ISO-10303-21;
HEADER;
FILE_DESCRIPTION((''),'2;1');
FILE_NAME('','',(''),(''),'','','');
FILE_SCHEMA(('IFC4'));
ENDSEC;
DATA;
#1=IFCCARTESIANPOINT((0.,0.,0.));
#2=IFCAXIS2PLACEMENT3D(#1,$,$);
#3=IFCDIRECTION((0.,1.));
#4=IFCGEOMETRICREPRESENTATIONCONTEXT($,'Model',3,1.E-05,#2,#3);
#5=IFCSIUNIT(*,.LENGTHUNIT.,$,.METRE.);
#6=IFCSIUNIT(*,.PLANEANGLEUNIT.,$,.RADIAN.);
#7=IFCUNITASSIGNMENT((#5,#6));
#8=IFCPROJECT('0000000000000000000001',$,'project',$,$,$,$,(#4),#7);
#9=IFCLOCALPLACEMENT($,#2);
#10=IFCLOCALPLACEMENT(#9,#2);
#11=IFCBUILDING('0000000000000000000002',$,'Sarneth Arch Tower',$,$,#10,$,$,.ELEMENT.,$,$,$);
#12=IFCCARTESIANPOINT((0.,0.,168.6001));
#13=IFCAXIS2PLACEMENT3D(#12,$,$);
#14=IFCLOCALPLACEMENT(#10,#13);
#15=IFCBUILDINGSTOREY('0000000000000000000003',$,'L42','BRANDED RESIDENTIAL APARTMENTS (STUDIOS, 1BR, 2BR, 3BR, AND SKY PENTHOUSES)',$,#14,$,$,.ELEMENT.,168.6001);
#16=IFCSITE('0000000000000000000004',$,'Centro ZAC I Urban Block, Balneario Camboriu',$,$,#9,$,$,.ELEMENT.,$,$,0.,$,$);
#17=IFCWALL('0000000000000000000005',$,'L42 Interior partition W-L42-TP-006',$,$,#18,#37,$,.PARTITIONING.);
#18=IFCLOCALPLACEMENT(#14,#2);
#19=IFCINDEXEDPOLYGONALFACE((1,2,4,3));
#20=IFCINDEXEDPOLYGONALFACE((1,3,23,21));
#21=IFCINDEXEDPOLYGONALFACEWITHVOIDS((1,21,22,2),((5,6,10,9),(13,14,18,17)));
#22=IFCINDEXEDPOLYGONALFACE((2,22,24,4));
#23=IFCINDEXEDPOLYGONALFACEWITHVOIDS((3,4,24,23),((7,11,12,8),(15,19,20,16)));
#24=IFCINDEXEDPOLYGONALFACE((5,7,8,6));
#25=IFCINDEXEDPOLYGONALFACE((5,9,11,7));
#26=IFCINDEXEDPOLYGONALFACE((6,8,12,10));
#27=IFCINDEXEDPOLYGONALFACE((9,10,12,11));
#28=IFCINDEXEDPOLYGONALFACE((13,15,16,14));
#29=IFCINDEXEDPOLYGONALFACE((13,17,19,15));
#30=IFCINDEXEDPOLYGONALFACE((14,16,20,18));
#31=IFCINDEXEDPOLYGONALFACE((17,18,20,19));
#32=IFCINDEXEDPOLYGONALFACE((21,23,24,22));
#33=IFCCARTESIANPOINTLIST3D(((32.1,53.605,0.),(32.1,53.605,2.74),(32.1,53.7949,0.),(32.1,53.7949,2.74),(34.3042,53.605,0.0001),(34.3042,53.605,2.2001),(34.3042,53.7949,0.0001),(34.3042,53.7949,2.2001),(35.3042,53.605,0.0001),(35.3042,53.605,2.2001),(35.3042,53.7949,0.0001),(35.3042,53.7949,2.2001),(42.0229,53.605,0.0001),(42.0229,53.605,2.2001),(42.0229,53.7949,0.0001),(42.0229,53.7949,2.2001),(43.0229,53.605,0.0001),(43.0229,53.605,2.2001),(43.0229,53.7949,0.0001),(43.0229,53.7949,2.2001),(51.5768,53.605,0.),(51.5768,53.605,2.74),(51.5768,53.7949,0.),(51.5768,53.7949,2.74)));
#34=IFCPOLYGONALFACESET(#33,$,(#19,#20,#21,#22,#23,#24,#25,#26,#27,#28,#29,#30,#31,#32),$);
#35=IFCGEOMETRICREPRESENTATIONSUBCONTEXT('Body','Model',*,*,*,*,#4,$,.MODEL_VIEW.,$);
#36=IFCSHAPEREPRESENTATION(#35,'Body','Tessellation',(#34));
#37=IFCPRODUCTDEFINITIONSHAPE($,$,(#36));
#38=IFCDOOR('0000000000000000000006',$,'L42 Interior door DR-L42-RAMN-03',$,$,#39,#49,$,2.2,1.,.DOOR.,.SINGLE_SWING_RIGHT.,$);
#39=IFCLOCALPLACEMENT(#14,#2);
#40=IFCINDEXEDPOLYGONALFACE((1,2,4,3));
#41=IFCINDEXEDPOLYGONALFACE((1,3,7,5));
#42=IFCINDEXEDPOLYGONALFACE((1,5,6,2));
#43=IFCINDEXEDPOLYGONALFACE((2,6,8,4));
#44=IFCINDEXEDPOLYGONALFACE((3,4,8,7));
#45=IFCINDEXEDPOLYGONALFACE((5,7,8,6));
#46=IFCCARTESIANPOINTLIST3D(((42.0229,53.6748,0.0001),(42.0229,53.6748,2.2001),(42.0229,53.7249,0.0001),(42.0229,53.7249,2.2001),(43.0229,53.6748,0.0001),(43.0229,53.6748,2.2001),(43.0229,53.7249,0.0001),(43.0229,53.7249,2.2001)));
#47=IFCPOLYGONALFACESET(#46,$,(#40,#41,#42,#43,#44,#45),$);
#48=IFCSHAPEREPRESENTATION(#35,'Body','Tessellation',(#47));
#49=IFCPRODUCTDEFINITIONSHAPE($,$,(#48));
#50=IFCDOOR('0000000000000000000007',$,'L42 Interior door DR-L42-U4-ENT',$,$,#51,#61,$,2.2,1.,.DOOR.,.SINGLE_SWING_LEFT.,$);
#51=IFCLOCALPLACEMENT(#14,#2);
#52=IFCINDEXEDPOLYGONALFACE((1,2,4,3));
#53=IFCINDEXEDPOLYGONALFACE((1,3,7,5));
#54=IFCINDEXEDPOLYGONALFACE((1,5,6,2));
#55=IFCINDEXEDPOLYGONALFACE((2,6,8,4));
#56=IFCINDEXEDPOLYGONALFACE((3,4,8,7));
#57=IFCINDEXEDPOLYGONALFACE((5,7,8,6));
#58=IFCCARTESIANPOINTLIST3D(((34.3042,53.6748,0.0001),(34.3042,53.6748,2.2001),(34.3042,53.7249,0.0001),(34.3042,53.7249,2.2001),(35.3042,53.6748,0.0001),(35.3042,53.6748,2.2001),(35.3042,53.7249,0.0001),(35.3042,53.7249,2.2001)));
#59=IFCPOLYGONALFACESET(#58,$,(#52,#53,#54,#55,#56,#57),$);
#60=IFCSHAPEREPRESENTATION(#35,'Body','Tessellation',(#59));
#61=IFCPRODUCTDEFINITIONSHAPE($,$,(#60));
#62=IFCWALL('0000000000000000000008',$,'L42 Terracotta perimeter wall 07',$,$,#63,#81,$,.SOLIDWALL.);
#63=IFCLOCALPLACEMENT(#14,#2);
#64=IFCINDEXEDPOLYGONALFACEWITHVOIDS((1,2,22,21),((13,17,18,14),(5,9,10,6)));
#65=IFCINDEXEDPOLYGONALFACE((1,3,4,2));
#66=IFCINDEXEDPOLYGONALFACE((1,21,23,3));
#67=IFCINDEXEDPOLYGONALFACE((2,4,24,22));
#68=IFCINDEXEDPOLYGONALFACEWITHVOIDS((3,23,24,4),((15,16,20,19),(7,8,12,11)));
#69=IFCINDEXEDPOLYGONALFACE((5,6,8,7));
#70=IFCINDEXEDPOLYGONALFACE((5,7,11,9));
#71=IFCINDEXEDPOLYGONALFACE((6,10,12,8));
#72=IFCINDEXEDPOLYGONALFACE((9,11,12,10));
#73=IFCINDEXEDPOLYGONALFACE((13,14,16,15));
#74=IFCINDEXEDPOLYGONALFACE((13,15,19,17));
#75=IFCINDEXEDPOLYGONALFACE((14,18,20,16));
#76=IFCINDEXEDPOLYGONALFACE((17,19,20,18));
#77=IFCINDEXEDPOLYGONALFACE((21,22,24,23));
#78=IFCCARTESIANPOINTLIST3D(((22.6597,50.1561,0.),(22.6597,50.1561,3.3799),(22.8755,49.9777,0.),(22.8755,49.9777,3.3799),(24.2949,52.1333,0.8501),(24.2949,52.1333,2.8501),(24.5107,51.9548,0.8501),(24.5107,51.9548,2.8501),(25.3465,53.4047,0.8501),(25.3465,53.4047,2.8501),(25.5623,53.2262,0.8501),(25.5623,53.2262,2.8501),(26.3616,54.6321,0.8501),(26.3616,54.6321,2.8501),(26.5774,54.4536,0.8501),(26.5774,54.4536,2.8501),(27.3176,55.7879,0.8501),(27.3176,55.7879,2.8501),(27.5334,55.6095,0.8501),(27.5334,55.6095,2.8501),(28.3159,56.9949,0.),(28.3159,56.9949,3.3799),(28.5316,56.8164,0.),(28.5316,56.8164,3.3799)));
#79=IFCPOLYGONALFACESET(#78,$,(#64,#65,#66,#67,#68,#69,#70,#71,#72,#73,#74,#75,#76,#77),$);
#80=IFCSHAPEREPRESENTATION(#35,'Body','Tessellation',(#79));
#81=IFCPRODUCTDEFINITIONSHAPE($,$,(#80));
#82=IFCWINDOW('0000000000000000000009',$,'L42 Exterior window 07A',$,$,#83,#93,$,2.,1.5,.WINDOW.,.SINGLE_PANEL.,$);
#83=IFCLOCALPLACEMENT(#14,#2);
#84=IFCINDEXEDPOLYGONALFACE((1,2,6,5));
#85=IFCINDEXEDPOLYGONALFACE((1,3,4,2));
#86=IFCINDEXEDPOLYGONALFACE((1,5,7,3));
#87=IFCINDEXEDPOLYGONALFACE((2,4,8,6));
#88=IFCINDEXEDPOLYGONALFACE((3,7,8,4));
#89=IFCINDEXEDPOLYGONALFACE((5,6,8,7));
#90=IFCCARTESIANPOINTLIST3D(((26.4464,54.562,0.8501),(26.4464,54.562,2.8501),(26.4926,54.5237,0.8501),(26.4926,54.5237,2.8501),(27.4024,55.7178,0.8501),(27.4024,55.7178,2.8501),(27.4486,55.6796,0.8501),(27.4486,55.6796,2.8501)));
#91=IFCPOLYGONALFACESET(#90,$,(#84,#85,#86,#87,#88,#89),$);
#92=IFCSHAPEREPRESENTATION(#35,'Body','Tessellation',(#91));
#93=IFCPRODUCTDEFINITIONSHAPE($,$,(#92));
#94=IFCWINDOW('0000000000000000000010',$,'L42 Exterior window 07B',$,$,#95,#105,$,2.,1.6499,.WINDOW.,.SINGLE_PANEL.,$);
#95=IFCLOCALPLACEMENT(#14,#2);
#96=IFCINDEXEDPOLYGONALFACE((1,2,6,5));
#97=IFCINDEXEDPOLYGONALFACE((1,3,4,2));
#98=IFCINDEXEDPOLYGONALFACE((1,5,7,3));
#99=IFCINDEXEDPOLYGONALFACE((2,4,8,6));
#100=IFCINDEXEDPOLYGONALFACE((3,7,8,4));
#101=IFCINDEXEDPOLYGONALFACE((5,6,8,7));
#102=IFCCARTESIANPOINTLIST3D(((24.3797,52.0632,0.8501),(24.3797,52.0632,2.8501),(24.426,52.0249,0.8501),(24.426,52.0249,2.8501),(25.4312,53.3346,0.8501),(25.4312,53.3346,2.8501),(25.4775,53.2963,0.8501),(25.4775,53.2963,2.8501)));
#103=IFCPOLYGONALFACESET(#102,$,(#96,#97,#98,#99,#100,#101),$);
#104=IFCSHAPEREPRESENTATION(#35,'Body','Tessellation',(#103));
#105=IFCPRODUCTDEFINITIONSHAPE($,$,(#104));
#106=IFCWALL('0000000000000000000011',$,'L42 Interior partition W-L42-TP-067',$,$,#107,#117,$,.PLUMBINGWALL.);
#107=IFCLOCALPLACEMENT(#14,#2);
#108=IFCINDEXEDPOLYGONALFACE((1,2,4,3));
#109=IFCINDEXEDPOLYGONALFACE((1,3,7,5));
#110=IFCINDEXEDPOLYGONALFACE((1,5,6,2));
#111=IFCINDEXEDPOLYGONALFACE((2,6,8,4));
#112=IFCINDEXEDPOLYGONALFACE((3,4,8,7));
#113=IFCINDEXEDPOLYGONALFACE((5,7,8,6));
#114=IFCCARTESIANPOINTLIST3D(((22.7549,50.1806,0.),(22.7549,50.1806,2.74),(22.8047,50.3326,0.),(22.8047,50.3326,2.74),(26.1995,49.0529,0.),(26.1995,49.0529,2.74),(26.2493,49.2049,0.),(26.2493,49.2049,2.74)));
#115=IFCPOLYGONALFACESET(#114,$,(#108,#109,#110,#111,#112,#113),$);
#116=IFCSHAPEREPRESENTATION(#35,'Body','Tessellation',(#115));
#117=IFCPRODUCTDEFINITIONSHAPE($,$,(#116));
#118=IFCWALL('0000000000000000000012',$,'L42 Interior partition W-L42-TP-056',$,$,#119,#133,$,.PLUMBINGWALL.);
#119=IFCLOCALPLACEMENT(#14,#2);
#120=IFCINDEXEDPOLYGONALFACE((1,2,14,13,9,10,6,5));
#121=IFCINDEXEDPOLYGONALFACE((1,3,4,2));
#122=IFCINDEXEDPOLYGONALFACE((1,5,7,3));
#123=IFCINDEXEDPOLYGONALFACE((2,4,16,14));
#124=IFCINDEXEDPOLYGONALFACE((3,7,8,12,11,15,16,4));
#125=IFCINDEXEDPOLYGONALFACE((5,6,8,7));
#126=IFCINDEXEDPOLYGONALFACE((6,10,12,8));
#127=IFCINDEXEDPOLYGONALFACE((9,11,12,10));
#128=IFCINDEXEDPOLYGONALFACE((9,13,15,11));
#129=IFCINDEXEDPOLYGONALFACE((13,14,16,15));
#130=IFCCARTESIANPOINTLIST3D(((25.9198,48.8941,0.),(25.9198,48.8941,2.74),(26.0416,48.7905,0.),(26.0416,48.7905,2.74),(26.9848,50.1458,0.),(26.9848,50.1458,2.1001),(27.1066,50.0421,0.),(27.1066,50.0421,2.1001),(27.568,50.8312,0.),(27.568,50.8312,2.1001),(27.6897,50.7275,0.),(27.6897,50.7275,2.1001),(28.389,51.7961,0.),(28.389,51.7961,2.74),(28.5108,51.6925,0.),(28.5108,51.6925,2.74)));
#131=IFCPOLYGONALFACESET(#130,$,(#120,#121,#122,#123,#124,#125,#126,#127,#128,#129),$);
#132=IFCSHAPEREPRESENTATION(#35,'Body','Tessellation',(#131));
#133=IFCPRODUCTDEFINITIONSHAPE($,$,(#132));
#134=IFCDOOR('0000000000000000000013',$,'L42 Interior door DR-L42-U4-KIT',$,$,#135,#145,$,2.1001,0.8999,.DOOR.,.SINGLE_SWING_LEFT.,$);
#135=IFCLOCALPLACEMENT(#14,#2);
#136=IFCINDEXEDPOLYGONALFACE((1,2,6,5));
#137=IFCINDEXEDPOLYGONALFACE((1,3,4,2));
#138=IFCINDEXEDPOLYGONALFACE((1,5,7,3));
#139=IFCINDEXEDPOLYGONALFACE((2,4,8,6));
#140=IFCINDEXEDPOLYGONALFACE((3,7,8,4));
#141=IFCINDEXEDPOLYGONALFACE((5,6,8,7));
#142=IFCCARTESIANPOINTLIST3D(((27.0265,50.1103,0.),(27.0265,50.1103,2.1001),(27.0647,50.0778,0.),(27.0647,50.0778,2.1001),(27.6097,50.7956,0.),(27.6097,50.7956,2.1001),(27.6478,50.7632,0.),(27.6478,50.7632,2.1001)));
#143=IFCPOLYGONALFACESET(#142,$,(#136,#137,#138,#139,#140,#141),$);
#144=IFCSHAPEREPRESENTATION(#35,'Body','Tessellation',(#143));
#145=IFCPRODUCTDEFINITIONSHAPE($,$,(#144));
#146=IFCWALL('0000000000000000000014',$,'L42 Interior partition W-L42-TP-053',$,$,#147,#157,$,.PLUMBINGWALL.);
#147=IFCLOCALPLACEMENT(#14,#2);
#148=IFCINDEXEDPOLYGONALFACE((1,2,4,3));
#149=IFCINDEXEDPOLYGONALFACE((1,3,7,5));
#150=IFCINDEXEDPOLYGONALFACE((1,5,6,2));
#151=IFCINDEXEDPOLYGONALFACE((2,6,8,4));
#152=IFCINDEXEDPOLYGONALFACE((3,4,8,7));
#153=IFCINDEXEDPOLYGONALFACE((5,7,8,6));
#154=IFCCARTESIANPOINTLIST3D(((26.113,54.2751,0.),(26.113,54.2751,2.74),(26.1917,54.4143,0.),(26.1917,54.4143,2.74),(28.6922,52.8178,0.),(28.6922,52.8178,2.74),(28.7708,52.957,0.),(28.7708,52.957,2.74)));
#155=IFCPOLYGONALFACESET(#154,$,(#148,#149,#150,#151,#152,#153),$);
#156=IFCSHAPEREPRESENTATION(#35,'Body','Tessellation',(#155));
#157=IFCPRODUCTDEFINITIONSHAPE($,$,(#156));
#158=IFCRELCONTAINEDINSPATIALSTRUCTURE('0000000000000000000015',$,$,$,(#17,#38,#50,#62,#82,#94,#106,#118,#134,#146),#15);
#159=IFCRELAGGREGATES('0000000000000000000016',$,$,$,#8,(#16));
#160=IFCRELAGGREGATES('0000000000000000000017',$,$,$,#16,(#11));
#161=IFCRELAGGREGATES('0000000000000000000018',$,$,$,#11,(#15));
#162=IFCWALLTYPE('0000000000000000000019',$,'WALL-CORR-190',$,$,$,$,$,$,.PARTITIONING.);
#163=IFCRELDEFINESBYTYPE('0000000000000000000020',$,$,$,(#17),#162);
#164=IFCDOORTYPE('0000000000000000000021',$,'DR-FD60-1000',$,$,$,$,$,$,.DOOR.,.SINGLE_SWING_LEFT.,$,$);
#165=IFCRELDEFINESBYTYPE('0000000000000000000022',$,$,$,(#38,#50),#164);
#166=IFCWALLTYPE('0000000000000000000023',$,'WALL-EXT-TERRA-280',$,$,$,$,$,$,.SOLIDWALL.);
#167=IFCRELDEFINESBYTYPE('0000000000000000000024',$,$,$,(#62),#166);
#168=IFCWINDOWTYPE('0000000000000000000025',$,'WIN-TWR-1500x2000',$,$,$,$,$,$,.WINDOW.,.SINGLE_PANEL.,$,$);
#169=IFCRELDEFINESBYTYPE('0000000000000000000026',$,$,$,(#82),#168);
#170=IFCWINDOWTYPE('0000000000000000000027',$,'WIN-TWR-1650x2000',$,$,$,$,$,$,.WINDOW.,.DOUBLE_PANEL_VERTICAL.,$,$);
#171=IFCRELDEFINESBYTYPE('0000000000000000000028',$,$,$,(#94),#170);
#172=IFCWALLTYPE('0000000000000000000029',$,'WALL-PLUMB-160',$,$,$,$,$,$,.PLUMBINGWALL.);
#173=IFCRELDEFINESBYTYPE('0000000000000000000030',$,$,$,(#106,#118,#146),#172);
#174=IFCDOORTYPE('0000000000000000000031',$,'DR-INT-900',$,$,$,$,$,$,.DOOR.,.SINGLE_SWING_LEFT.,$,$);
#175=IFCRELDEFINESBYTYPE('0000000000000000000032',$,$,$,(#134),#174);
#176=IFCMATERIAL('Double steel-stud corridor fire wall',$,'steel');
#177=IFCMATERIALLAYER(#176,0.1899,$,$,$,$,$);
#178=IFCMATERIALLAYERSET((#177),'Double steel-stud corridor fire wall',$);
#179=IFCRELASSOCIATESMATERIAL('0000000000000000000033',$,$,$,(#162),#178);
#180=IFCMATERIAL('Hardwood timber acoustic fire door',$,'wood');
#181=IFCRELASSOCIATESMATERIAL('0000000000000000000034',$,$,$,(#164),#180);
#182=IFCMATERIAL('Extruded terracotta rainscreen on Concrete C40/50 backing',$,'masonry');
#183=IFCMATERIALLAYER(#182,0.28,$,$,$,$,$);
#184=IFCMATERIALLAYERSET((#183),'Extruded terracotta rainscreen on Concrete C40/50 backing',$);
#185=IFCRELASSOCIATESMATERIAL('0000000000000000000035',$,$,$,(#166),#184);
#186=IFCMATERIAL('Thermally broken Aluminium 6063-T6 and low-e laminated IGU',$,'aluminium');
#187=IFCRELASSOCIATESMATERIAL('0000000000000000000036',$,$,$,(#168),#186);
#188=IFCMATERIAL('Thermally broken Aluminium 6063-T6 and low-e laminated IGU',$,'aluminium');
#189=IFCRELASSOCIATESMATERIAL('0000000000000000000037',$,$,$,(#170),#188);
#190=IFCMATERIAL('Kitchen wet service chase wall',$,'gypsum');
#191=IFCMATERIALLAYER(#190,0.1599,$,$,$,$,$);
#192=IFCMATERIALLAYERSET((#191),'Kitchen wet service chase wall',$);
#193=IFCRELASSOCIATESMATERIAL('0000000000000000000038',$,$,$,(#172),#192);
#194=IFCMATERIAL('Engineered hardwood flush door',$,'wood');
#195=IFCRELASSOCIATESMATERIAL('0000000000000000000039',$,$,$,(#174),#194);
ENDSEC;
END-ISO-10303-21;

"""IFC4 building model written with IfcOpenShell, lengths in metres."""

from ifc_helpers import new_model, si_unit, direction, frame, frame_2d, origin, place, context, subcontext, project, spatial, rectangle, extrude, material, layer, layer_set, type_object, element, fill, save


model = new_model("IFC4")

# Units and contexts
model_context = context("Model", 3, precision=1e-05, world=origin(), true_north=direction((0.0, 1.0)))
body_context = subcontext(model_context, "Body", "Model", "MODEL_VIEW")
ifc_project = project(units=[si_unit("LENGTHUNIT", "METRE"), si_unit("PLANEANGLEUNIT", "RADIAN")], contexts=[model_context])

# Site, building, storey
site_placement = place(None, origin())
site = spatial("IfcSite", under=ifc_project, at=site_placement, Name="Centro ZAC I Urban Block, Balneario Camboriu", CompositionType="ELEMENT", RefElevation=0.0)
building_placement = place(site_placement, origin())
building = spatial("IfcBuilding", under=site, at=building_placement, Name="Sarneth Arch Tower", CompositionType="ELEMENT")
storey_placement = place(building_placement, frame((0.0, 0.0, 168.6001)))
storey = spatial("IfcBuildingStorey", under=building, at=storey_placement, Name="L42", Description="BRANDED RESIDENTIAL APARTMENTS (STUDIOS, 1BR, 2BR, 3BR, AND SKY PENTHOUSES)", CompositionType="ELEMENT", Elevation=168.6001)

# Wall, openings, doors
ifc_material_1 = material(Name="Double steel-stud corridor fire wall", Category="steel")
ifc_layer_1 = layer(ifc_material_1, 0.1899)
ifc_layer_set_1 = layer_set([ifc_layer_1], Name="Double steel-stud corridor fire wall")
wall_type_1 = type_object("IfcWallType", Name="WALL-CORR-190", PredefinedType="PARTITIONING", material=ifc_layer_set_1)
wall_1_placement = place(storey_placement, frame((32.1001, 53.7, 0.0), z_axis=(0.0, 0.0, 1.0), x_axis=(1.0, 0.0, 0.0)))
wall_1 = element("IfcWall", 1, at=wall_1_placement, inside=storey, type_object=wall_type_1, Name="L42 Interior partition W-L42-TP-006", PredefinedType="PARTITIONING", context=body_context, shape_type="SweptSolid", body=[
    extrude(rectangle(XDim=19.4768, YDim=0.1899, at=frame_2d((9.7383, 0.0))), origin(), (0.0, 0.0, 1.0), 2.74),
])
opening_1_placement = place(wall_1_placement, frame((9.9229, 0.0, 0.0)))
opening_1 = element("IfcOpeningElement", 2, at=opening_1_placement, cuts=wall_1, PredefinedType="OPENING", context=body_context, shape_type="SweptSolid", body=[
    extrude(rectangle(XDim=1.0, YDim=2.2, at=frame_2d((0.5, 1.1001))), frame((0.0, 0.105, 0.0), z_axis=(0.0, -1.0, 0.0), x_axis=(1.0, 0.0, 0.0)), (0.0, 0.0, 1.0), 0.21),
])
opening_2_placement = place(wall_1_placement, frame((2.2041, 0.0, 0.0)))
opening_2 = element("IfcOpeningElement", 3, at=opening_2_placement, cuts=wall_1, PredefinedType="OPENING", context=body_context, shape_type="SweptSolid", body=[
    extrude(rectangle(XDim=1.0, YDim=2.2, at=frame_2d((0.5, 1.1001))), frame((0.0, 0.105, 0.0), z_axis=(0.0, -1.0, 0.0), x_axis=(1.0, 0.0, 0.0)), (0.0, 0.0, 1.0), 0.21),
])
ifc_material_2 = material(Name="Hardwood timber acoustic fire door", Category="wood")
door_type_1 = type_object("IfcDoorType", Name="DR-FD60-1000", OperationType="SINGLE_SWING_LEFT", PredefinedType="DOOR", material=ifc_material_2)
door_1_placement = place(opening_1_placement, origin())
door_1 = element("IfcDoor", 4, at=door_1_placement, inside=storey, type_object=door_type_1, Name="L42 Interior door DR-L42-RAMN-03", OperationType="SINGLE_SWING_RIGHT", OverallHeight=2.2, OverallWidth=1.0, PredefinedType="DOOR", context=body_context, shape_type="SweptSolid", body=[
    extrude(rectangle(XDim=1.0, YDim=2.2, at=frame_2d((0.5, 1.1001))), frame((0.0, 0.0249, 0.0), z_axis=(0.0, -1.0, 0.0), x_axis=(1.0, 0.0, 0.0)), (0.0, 0.0, 1.0), 0.05),
])
fill(opening_1, door_1)
door_2_placement = place(opening_2_placement, origin())
door_2 = element("IfcDoor", 5, at=door_2_placement, inside=storey, type_object=door_type_1, Name="L42 Interior door DR-L42-U4-ENT", OperationType="SINGLE_SWING_LEFT", OverallHeight=2.2, OverallWidth=1.0, PredefinedType="DOOR", context=body_context, shape_type="SweptSolid", body=[
    extrude(rectangle(XDim=1.0, YDim=2.2, at=frame_2d((0.5, 1.1001))), frame((0.0, 0.0249, 0.0), z_axis=(0.0, -1.0, 0.0), x_axis=(1.0, 0.0, 0.0)), (0.0, 0.0, 1.0), 0.05),
])
fill(opening_2, door_2)

# Wall, openings, windows
ifc_material_3 = material(Name="Extruded terracotta rainscreen on Concrete C40/50 backing", Category="masonry")
ifc_layer_2 = layer(ifc_material_3, 0.28)
ifc_layer_set_2 = layer_set([ifc_layer_2], Name="Extruded terracotta rainscreen on Concrete C40/50 backing")
wall_type_2 = type_object("IfcWallType", Name="WALL-EXT-TERRA-280", PredefinedType="SOLIDWALL", material=ifc_layer_set_2)
wall_2_placement = place(storey_placement, frame((28.4238, 56.9058, 0.0), z_axis=(0.0, 0.0, 1.0), x_axis=(-0.637333, -0.770588, 0.0)))
wall_2 = element("IfcWall", 6, at=wall_2_placement, inside=storey, type_object=wall_type_2, Name="L42 Terracotta perimeter wall 07", PredefinedType="SOLIDWALL", context=body_context, shape_type="SweptSolid", body=[
    extrude(rectangle(XDim=8.8748, YDim=0.28, at=frame_2d((4.4375, 0.0))), origin(), (0.0, 0.0, 1.0), 3.3799),
])
opening_3_placement = place(wall_2_placement, frame((1.5664, 0.0, 0.8501)))
opening_3 = element("IfcOpeningElement", 7, at=opening_3_placement, cuts=wall_2, PredefinedType="OPENING", context=body_context, shape_type="SweptSolid", body=[
    extrude(rectangle(XDim=1.5, YDim=2.0, at=frame_2d((0.75, 1.0))), frame((0.0, 0.1499, 0.0), z_axis=(0.0, -1.0, 0.0), x_axis=(1.0, 0.0, 0.0)), (0.0, 0.0, 1.0), 0.3),
])
opening_4_placement = place(wall_2_placement, frame((4.6592, 0.0, 0.8501)))
opening_4 = element("IfcOpeningElement", 8, at=opening_4_placement, cuts=wall_2, PredefinedType="OPENING", context=body_context, shape_type="SweptSolid", body=[
    extrude(rectangle(XDim=1.6499, YDim=2.0, at=frame_2d((0.825, 1.0))), frame((0.0, 0.1499, 0.0), z_axis=(0.0, -1.0, 0.0), x_axis=(1.0, 0.0, 0.0)), (0.0, 0.0, 1.0), 0.3),
])
ifc_material_4 = material(Name="Thermally broken Aluminium 6063-T6 and low-e laminated IGU", Category="aluminium")
window_type_1 = type_object("IfcWindowType", Name="WIN-TWR-1500x2000", PartitioningType="SINGLE_PANEL", PredefinedType="WINDOW", material=ifc_material_4)
window_1_placement = place(opening_3_placement, origin())
window_1 = element("IfcWindow", 9, at=window_1_placement, inside=storey, type_object=window_type_1, Name="L42 Exterior window 07A", OverallHeight=2.0, OverallWidth=1.5, PartitioningType="SINGLE_PANEL", PredefinedType="WINDOW", context=body_context, shape_type="SweptSolid", body=[
    extrude(rectangle(XDim=1.5, YDim=2.0, at=frame_2d((0.75, 1.0))), frame((0.0, 0.03, 0.0), z_axis=(0.0, -1.0, 0.0), x_axis=(1.0, 0.0, 0.0)), (0.0, 0.0, 1.0), 0.0601),
])
fill(opening_3, window_1)
ifc_material_5 = material(Name="Thermally broken Aluminium 6063-T6 and low-e laminated IGU", Category="aluminium")
window_type_2 = type_object("IfcWindowType", Name="WIN-TWR-1650x2000", PartitioningType="DOUBLE_PANEL_VERTICAL", PredefinedType="WINDOW", material=ifc_material_5)
window_2_placement = place(opening_4_placement, origin())
window_2 = element("IfcWindow", 10, at=window_2_placement, inside=storey, type_object=window_type_2, Name="L42 Exterior window 07B", OverallHeight=2.0, OverallWidth=1.6499, PartitioningType="SINGLE_PANEL", PredefinedType="WINDOW", context=body_context, shape_type="SweptSolid", body=[
    extrude(rectangle(XDim=1.6499, YDim=2.0, at=frame_2d((0.825, 1.0))), frame((0.0, 0.03, 0.0), z_axis=(0.0, -1.0, 0.0), x_axis=(1.0, 0.0, 0.0)), (0.0, 0.0, 1.0), 0.0601),
])
fill(opening_4, window_2)

# Wall
ifc_material_6 = material(Name="Kitchen wet service chase wall", Category="gypsum")
ifc_layer_3 = layer(ifc_material_6, 0.1599)
ifc_layer_set_3 = layer_set([ifc_layer_3], Name="Kitchen wet service chase wall")
wall_type_3 = type_object("IfcWallType", Name="WALL-PLUMB-160", PredefinedType="PLUMBINGWALL", material=ifc_layer_set_3)
wall_3_placement = place(storey_placement, frame((22.7798, 50.2566, 0.0), z_axis=(0.0, 0.0, 1.0), x_axis=(0.950367, -0.311131, 0.0)))
element("IfcWall", 11, at=wall_3_placement, inside=storey, type_object=wall_type_3, Name="L42 Interior partition W-L42-TP-067", PredefinedType="PLUMBINGWALL", context=body_context, shape_type="SweptSolid", body=[
    extrude(rectangle(XDim=3.6245, YDim=0.1599, at=frame_2d((1.8123, 0.0))), origin(), (0.0, 0.0, 1.0), 2.74),
])

# Wall, opening, door
wall_4_placement = place(storey_placement, frame((28.45, 51.7444, 0.0), z_axis=(0.0, 0.0, 1.0), x_axis=(-0.648022, -0.761621, 0.0)))
wall_4 = element("IfcWall", 12, at=wall_4_placement, inside=storey, type_object=wall_type_3, Name="L42 Interior partition W-L42-TP-056", PredefinedType="PLUMBINGWALL", context=body_context, shape_type="SweptSolid", body=[
    extrude(rectangle(XDim=3.8103, YDim=0.1599, at=frame_2d((1.9053, 0.0))), origin(), (0.0, 0.0, 1.0), 2.74),
])
opening_5_placement = place(wall_4_placement, frame((1.2671, 0.0, 0.0)))
opening_5 = element("IfcOpeningElement", 13, at=opening_5_placement, cuts=wall_4, PredefinedType="OPENING", context=body_context, shape_type="SweptSolid", body=[
    extrude(rectangle(XDim=0.8999, YDim=2.1001, at=frame_2d((0.45, 1.05))), frame((0.0, 0.0898, 0.0), z_axis=(0.0, -1.0, 0.0), x_axis=(1.0, 0.0, 0.0)), (0.0, 0.0, 1.0), 0.1799),
])
ifc_material_7 = material(Name="Engineered hardwood flush door", Category="wood")
door_type_2 = type_object("IfcDoorType", Name="DR-INT-900", OperationType="SINGLE_SWING_LEFT", PredefinedType="DOOR", material=ifc_material_7)
door_3_placement = place(opening_5_placement, origin())
door_3 = element("IfcDoor", 14, at=door_3_placement, inside=storey, type_object=door_type_2, Name="L42 Interior door DR-L42-U4-KIT", OperationType="SINGLE_SWING_LEFT", OverallHeight=2.1001, OverallWidth=0.8999, PredefinedType="DOOR", context=body_context, shape_type="SweptSolid", body=[
    extrude(rectangle(XDim=0.8999, YDim=2.1001, at=frame_2d((0.45, 1.05))), frame((0.0, 0.0249, 0.0), z_axis=(0.0, -1.0, 0.0), x_axis=(1.0, 0.0, 0.0)), (0.0, 0.0, 1.0), 0.05),
])
fill(opening_5, door_3)

# Wall
wall_5_placement = place(storey_placement, frame((26.1523, 54.3447, 0.0), z_axis=(0.0, 0.0, 1.0), x_axis=(0.870632, -0.491935, 0.0)))
element("IfcWall", 15, at=wall_5_placement, inside=storey, type_object=wall_type_3, Name="L42 Interior partition W-L42-TP-053", PredefinedType="PLUMBINGWALL", context=body_context, shape_type="SweptSolid", body=[
    extrude(rectangle(XDim=2.9624, YDim=0.1599, at=frame_2d((1.4812, 0.0))), origin(), (0.0, 0.0, 1.0), 2.74),
])

save(model, "model.ifc")
